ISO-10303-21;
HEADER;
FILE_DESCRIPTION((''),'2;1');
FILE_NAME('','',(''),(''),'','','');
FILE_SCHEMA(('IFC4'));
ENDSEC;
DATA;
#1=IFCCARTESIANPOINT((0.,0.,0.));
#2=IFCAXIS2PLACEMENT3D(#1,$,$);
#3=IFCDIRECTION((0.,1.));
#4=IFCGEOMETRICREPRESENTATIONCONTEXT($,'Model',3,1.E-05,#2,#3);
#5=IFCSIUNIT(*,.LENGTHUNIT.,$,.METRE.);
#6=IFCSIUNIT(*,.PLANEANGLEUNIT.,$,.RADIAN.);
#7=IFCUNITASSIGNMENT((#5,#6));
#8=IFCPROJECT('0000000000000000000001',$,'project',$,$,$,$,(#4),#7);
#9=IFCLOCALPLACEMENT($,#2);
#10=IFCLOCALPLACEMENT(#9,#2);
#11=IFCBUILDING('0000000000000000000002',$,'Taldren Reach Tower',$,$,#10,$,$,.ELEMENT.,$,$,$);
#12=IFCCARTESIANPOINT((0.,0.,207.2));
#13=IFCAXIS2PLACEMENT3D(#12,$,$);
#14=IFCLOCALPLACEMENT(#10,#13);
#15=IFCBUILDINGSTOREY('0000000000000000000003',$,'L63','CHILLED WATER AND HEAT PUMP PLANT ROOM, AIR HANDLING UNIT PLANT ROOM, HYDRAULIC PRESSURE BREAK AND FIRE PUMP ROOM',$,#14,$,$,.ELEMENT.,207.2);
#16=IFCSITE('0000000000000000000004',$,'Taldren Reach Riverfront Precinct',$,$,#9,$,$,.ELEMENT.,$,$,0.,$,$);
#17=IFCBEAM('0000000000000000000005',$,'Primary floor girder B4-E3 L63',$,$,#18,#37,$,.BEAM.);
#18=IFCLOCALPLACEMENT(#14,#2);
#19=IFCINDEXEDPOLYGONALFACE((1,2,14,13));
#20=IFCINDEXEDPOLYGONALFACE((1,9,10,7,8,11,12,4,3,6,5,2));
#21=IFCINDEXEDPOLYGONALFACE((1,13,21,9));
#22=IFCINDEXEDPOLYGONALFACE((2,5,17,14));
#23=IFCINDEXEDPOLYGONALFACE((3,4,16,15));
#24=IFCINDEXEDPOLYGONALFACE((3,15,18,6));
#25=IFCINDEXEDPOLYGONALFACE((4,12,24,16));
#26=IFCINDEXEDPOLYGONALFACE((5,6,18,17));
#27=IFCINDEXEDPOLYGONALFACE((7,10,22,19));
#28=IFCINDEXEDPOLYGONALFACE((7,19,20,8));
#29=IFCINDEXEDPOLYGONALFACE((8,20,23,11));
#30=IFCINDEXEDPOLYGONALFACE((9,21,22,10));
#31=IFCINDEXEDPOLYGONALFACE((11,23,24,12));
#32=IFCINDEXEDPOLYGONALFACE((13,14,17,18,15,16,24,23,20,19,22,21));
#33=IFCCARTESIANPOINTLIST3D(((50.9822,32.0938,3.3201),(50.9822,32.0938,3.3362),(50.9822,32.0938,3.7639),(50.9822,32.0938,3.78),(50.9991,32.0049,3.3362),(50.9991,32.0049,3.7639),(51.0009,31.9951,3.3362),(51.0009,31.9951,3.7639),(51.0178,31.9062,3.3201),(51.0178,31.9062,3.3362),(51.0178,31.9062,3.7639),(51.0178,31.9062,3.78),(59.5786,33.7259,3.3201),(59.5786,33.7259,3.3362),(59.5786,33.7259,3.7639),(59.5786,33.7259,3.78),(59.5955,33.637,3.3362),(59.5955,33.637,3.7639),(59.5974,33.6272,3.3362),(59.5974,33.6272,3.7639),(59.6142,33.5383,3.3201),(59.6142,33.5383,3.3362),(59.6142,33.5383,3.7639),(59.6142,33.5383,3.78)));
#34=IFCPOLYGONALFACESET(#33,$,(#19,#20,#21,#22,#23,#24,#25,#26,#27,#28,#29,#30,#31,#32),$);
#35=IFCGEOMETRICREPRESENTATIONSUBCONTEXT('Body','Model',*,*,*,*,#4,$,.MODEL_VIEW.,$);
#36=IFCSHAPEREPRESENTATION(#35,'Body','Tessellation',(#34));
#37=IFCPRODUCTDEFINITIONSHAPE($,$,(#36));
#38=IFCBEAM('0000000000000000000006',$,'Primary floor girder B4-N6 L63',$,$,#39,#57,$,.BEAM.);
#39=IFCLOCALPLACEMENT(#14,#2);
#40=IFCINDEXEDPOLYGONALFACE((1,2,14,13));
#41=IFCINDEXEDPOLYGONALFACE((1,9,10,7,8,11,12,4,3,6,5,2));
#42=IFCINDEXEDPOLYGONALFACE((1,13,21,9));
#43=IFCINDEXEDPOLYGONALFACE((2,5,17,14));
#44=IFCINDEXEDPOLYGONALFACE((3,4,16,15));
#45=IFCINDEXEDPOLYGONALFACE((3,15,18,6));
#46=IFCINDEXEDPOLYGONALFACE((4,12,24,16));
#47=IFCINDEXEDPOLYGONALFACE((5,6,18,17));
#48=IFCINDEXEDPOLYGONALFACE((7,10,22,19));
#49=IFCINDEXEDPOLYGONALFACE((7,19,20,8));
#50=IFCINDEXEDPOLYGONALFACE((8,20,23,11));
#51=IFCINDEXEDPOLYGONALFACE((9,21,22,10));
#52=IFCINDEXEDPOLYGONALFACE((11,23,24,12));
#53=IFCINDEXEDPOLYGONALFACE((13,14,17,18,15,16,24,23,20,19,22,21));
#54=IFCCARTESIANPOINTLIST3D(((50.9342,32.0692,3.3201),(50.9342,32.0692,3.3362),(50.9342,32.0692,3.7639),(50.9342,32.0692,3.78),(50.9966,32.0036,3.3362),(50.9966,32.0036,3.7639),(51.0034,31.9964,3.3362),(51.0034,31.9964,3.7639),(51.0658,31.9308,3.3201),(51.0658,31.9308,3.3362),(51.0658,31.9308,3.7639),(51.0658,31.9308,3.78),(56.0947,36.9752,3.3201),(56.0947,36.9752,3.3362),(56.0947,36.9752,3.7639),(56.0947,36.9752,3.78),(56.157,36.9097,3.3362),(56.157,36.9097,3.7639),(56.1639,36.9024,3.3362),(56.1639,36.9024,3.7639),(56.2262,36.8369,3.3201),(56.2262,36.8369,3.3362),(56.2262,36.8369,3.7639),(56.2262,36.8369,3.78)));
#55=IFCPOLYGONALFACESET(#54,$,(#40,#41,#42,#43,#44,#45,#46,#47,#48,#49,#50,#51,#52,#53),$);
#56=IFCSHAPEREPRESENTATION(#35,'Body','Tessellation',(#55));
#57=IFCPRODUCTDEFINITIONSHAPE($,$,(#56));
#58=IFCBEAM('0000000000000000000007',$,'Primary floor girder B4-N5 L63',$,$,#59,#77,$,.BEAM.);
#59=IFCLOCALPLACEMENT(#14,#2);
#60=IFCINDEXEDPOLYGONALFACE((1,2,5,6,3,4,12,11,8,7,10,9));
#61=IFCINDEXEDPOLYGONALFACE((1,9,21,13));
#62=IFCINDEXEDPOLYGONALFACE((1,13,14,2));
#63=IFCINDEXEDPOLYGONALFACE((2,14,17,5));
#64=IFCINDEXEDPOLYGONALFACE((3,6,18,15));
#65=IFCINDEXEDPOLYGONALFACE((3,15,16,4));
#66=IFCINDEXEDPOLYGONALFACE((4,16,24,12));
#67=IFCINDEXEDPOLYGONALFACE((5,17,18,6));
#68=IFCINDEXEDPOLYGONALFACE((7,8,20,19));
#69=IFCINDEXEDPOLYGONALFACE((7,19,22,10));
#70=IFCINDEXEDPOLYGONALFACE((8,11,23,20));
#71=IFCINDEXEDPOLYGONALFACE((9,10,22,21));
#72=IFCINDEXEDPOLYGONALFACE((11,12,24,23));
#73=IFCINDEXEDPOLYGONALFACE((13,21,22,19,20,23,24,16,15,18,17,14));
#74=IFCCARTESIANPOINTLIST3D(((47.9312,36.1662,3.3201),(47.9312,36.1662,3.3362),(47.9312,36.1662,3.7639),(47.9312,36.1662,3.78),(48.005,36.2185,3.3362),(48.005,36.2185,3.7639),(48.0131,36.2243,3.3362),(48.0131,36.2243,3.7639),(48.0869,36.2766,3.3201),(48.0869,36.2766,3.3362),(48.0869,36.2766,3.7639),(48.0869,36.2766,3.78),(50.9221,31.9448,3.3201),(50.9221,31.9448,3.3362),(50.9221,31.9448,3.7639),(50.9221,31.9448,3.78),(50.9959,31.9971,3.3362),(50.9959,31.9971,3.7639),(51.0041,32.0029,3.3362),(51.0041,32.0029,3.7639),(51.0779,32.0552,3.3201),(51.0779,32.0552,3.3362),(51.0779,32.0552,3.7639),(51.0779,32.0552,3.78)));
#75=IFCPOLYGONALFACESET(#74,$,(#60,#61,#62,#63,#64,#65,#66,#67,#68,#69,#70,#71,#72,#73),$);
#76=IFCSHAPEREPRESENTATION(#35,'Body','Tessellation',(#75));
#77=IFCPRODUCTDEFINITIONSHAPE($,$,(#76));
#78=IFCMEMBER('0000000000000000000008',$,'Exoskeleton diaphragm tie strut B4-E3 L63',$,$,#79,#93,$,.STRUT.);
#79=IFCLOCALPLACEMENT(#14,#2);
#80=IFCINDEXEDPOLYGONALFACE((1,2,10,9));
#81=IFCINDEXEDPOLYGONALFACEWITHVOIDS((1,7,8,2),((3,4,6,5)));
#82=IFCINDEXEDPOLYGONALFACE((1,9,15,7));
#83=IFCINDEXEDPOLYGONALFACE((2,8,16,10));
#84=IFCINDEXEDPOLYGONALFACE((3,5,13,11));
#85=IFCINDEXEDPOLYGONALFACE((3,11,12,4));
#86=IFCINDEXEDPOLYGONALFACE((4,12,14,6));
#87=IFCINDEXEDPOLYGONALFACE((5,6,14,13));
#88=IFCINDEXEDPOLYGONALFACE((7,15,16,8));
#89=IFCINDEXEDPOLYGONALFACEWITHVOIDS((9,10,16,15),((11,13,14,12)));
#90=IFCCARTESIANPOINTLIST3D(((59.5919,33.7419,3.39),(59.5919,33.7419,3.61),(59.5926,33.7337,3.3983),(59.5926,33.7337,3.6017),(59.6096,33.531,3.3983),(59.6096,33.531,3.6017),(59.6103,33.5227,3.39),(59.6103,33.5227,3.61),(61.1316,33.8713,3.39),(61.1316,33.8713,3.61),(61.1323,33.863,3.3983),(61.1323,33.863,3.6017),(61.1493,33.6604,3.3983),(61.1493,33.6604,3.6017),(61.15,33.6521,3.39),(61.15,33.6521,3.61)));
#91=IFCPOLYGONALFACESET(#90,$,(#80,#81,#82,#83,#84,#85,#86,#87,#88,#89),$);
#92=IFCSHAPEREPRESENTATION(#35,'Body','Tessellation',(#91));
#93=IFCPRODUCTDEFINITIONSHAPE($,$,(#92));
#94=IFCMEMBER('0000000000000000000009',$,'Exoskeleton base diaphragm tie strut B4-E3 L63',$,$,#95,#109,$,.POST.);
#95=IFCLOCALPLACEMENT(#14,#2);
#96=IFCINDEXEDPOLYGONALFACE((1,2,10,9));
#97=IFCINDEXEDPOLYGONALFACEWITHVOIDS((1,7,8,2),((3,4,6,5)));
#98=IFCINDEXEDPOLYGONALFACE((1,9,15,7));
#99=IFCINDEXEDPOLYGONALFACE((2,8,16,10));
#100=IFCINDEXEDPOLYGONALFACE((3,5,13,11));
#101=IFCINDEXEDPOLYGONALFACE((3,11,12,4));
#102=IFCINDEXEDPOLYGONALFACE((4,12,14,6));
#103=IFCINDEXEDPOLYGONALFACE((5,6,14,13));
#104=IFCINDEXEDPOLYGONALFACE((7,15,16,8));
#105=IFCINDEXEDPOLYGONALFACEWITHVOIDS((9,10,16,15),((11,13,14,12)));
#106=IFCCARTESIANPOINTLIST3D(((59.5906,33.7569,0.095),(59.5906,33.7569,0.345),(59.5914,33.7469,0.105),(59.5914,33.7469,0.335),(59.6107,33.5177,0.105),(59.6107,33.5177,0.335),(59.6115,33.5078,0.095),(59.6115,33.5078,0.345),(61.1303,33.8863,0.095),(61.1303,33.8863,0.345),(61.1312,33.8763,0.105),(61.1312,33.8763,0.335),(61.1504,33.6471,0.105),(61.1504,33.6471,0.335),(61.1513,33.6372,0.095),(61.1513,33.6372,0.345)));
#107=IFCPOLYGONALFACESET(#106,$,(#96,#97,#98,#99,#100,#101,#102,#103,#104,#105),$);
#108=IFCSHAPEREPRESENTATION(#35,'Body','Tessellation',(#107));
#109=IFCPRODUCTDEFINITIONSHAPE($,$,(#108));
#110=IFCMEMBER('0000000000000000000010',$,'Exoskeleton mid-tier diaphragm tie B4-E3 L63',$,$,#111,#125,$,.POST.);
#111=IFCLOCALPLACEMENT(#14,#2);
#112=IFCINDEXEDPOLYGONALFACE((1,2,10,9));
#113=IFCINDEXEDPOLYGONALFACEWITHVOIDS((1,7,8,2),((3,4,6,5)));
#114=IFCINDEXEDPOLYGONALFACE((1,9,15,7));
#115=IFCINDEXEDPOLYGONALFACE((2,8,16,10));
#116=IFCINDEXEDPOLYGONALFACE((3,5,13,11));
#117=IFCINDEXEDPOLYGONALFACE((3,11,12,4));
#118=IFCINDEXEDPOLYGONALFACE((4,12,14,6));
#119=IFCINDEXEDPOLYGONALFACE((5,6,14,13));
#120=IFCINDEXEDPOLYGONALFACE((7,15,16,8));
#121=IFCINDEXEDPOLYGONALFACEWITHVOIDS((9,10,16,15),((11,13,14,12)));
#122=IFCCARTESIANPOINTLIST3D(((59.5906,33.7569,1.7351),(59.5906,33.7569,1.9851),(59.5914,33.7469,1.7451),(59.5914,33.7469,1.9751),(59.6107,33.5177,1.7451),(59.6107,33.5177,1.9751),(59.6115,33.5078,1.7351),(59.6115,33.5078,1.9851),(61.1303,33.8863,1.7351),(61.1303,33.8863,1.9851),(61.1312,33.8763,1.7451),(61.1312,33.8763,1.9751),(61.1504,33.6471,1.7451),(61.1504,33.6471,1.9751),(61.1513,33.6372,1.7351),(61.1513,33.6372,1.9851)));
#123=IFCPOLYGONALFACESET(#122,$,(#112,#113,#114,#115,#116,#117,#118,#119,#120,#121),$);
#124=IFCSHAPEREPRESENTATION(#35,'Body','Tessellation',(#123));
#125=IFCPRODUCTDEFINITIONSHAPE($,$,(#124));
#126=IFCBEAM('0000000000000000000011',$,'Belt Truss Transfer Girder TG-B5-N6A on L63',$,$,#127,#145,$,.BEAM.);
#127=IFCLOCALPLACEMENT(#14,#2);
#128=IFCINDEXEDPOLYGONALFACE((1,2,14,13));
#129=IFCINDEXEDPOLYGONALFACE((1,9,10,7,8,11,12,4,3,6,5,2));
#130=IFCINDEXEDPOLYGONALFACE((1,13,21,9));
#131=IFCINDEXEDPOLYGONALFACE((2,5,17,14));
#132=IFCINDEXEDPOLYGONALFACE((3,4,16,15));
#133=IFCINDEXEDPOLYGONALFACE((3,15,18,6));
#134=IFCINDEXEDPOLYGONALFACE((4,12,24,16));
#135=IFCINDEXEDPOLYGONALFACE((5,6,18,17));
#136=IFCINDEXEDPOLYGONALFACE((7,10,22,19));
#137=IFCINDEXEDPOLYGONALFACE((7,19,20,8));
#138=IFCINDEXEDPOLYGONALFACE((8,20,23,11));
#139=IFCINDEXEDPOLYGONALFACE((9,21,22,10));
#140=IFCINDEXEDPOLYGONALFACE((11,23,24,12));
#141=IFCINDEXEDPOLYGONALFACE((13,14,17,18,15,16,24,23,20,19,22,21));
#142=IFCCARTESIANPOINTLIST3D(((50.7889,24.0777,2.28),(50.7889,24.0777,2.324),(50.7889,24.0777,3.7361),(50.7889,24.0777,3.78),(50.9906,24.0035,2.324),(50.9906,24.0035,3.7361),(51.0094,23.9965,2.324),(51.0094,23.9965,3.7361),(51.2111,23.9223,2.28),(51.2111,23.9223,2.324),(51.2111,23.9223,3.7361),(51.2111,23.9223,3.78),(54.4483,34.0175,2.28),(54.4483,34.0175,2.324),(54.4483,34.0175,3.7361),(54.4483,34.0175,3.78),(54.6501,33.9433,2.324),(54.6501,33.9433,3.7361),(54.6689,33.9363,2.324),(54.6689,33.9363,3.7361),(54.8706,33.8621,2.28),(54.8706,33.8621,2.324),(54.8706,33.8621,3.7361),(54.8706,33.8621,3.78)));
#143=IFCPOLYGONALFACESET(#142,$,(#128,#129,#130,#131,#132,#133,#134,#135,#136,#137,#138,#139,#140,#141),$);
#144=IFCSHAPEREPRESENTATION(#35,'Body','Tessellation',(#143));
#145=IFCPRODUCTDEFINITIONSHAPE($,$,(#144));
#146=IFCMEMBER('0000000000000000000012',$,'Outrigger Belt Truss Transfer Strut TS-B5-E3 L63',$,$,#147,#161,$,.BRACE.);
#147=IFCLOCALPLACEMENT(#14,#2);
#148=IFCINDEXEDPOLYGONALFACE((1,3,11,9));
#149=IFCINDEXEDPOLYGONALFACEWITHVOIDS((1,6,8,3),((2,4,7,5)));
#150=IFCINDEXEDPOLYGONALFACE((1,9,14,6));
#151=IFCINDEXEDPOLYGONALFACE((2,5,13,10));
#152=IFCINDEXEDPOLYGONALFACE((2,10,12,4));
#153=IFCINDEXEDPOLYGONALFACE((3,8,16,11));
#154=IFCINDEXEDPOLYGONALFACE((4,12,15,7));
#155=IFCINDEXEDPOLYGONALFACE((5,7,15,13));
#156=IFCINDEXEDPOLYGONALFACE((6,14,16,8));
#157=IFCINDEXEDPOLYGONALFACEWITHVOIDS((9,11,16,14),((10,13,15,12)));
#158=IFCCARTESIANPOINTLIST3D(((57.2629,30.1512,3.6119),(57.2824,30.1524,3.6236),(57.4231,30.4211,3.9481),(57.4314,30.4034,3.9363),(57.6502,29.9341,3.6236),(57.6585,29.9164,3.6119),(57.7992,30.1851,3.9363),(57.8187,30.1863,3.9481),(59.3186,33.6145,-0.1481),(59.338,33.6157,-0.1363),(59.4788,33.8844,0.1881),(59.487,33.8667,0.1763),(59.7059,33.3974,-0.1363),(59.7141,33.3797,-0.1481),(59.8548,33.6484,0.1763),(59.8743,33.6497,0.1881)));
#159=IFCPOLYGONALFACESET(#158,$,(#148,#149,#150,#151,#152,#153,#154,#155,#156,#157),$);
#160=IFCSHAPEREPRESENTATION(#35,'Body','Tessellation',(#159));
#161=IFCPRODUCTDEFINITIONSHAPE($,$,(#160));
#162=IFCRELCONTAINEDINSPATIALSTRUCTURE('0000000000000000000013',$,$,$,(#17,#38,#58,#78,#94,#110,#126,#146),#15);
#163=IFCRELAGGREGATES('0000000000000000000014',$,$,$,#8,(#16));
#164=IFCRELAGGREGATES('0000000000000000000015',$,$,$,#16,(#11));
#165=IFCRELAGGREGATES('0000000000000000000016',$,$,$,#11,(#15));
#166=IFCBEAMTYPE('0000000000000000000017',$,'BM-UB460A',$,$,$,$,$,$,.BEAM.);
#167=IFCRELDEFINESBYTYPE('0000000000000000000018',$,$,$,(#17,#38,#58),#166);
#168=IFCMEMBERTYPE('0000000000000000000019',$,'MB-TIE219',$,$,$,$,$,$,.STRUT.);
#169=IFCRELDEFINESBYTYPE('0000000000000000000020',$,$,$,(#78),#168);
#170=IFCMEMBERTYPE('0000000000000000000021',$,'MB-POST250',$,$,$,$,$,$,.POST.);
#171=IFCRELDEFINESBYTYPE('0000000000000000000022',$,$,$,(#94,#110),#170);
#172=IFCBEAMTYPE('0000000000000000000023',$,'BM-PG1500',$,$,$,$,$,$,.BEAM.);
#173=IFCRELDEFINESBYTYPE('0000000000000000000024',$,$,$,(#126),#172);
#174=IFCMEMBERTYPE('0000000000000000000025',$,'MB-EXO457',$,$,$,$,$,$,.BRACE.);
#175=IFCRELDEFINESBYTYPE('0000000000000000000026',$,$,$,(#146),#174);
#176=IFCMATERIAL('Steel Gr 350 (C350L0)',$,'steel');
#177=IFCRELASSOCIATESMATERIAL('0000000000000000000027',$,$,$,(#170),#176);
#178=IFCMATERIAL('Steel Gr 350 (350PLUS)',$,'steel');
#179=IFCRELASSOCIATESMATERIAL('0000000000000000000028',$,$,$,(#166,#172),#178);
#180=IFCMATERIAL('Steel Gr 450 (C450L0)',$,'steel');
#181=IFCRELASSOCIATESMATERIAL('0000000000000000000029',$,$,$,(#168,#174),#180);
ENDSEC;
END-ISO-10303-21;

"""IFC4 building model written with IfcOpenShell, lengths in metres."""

from ifc_helpers import new_model, si_unit, direction, frame, origin, origin_2d, place, context, subcontext, project, spatial, hollow_rectangle, i_section, extrude, source, transform, mapped, material, material_profile, profile_set, type_object, element, save


model = new_model("IFC4")

# Units and contexts
model_context = context("Model", 3, precision=1e-05, world=origin(), true_north=direction((0.0, 1.0)))
body_context = subcontext(model_context, "Body", "Model", "MODEL_VIEW")
ifc_project = project(units=[si_unit("LENGTHUNIT", "METRE"), si_unit("PLANEANGLEUNIT", "RADIAN")], contexts=[model_context])

# Site, building, storey
site_placement = place(None, origin())
site = spatial("IfcSite", under=ifc_project, at=site_placement, Name="Taldren Reach Riverfront Precinct", CompositionType="ELEMENT", RefElevation=0.0)
building_placement = place(site_placement, origin())
building = spatial("IfcBuilding", under=site, at=building_placement, Name="Taldren Reach Tower", CompositionType="ELEMENT")
storey_placement = place(building_placement, frame((0.0, 0.0, 207.2)))
storey = spatial("IfcBuildingStorey", under=building, at=storey_placement, Name="L63", Description="CHILLED WATER AND HEAT PUMP PLANT ROOM, AIR HANDLING UNIT PLANT ROOM, HYDRAULIC PRESSURE BREAK AND FIRE PUMP ROOM", CompositionType="ELEMENT", Elevation=207.2)

# Shared definitions
ifc_material_1 = material(Name="Steel Gr 450 (C450L0)", Category="steel")
ifc_material_2 = material(Name="Steel Gr 350 (350PLUS)", Category="steel")

# Shared definitions
ifc_material_3 = material(Name="Steel Gr 350 (C350L0)", Category="steel")
ifc_material_profile_1 = material_profile(ifc_material_3, hollow_rectangle(XDim=0.25, YDim=0.25, WallThickness=0.01, at=origin_2d()), Name="250x250x10.0SHS")
ifc_profile_set_1 = profile_set([ifc_material_profile_1], Name="Steel Gr 350 (C350L0)")
member_type_1 = type_object("IfcMemberType", Name="MB-POST250", PredefinedType="POST", material=ifc_profile_set_1)

# Beams
ifc_material_profile_2 = material_profile(ifc_material_2, i_section(OverallWidth=0.1909, OverallDepth=0.46, WebThickness=0.01, FlangeThickness=0.0161, at=origin_2d()), Name="460UB82.1")
ifc_profile_set_2 = profile_set([ifc_material_profile_2], Name="Steel Gr 350 (350PLUS)")
beam_type_1 = type_object("IfcBeamType", Name="BM-UB460A", PredefinedType="BEAM", material=ifc_profile_set_2)
shared_shape_1 = source(origin(), body_context, "Body", "SweptSolid", [
    extrude(i_section(OverallWidth=0.1909, OverallDepth=0.46, WebThickness=0.01, FlangeThickness=0.0161, at=origin_2d()), origin(), (0.0, 0.0, 1.0), 8.75),
])
beam_1_placement = place(storey_placement, frame((51.0, 32.0, 3.55), z_axis=(0.98245, 0.186524, 0.0), x_axis=(-0.186524, 0.98245, 0.0)))
element("IfcBeam", 1, at=beam_1_placement, inside=storey, type_object=beam_type_1, Name="Primary floor girder B4-E3 L63", PredefinedType="BEAM", context=body_context, shape_type="MappedRepresentation", body=[
    mapped(shared_shape_1, transform((0.0, 0.0, 0.0), scale=1.0)),
])
shared_shape_2 = source(origin(), body_context, "Body", "SweptSolid", [
    extrude(i_section(OverallWidth=0.1909, OverallDepth=0.46, WebThickness=0.01, FlangeThickness=0.0161, at=origin_2d()), origin(), (0.0, 0.0, 1.0), 7.1204),
])
beam_2_placement = place(storey_placement, frame((51.0, 32.0, 3.55), z_axis=(0.724745, 0.689017, 0.0), x_axis=(-0.689017, 0.724745, 0.0)))
element("IfcBeam", 2, at=beam_2_placement, inside=storey, type_object=beam_type_1, Name="Primary floor girder B4-N6 L63", PredefinedType="BEAM", context=body_context, shape_type="MappedRepresentation", body=[
    mapped(shared_shape_2, transform((0.0, 0.0, 0.0), scale=1.0)),
])
shared_shape_3 = source(origin(), body_context, "Body", "SweptSolid", [
    extrude(i_section(OverallWidth=0.1909, OverallDepth=0.46, WebThickness=0.01, FlangeThickness=0.0161, at=origin_2d()), origin(), (0.0, 0.0, 1.0), 5.1736),
])
beam_3_placement = place(storey_placement, frame((51.0, 32.0, 3.55), z_axis=(-0.578118, 0.815953, 0.0), x_axis=(-0.815953, -0.578118, 0.0)))
element("IfcBeam", 3, at=beam_3_placement, inside=storey, type_object=beam_type_1, Name="Primary floor girder B4-N5 L63", PredefinedType="BEAM", context=body_context, shape_type="MappedRepresentation", body=[
    mapped(shared_shape_3, transform((0.0, 0.0, 0.0), scale=1.0)),
])

# Members
ifc_material_profile_3 = material_profile(ifc_material_1, hollow_rectangle(XDim=0.22, YDim=0.22, WallThickness=0.0083, at=origin_2d()), Name="220x220x8.2SHS")
ifc_profile_set_3 = profile_set([ifc_material_profile_3], Name="Steel Gr 450 (C450L0)")
member_type_2 = type_object("IfcMemberType", Name="MB-TIE219", PredefinedType="STRUT", material=ifc_profile_set_3)
shared_shape_4 = source(origin(), body_context, "Body", "SweptSolid", [
    extrude(hollow_rectangle(XDim=0.22, YDim=0.22, WallThickness=0.0083, at=origin_2d()), origin(), (0.0, 0.0, 1.0), 1.5452),
])
member_1_placement = place(storey_placement, frame((59.6011, 33.6323, 3.5), z_axis=(0.996488, 0.083738, 0.0), x_axis=(-0.083738, 0.996488, 0.0)))
element("IfcMember", 4, at=member_1_placement, inside=storey, type_object=member_type_2, Name="Exoskeleton diaphragm tie strut B4-E3 L63", PredefinedType="STRUT", context=body_context, shape_type="MappedRepresentation", body=[
    mapped(shared_shape_4, transform((0.0, 0.0, 0.0), scale=1.0)),
])
shared_shape_5 = source(origin(), body_context, "Body", "SweptSolid", [
    extrude(hollow_rectangle(XDim=0.25, YDim=0.25, WallThickness=0.01, at=origin_2d()), origin(), (0.0, 0.0, 1.0), 1.5452),
])
for number, where, z_axis, x_axis, name in (
    (5, (59.6011, 33.6323, 0.22), (0.996488, 0.083738, 0.0), (-0.083738, 0.996488, 0.0), "Exoskeleton base diaphragm tie strut B4-E3 L63"),
    (6, (59.6011, 33.6323, 1.8601), (0.996488, 0.083738, 0.0), (-0.083738, 0.996488, 0.0), "Exoskeleton mid-tier diaphragm tie B4-E3 L63"),
):
    element("IfcMember", number, at=place(storey_placement, frame(where, z_axis=z_axis, x_axis=x_axis)), inside=storey, type_object=member_type_1, Name=name, PredefinedType="POST", context=body_context, shape_type="MappedRepresentation", body=[
        mapped(shared_shape_5, transform((0.0, 0.0, 0.0), scale=1.0)),
    ])

# Beam
ifc_material_profile_4 = material_profile(ifc_material_2, i_section(OverallWidth=0.45, OverallDepth=1.5, WebThickness=0.02, FlangeThickness=0.0439, at=origin_2d()), Name="1500WB550")
ifc_profile_set_4 = profile_set([ifc_material_profile_4], Name="Steel Gr 350 (350PLUS)")
beam_type_2 = type_object("IfcBeamType", Name="BM-PG1500", PredefinedType="BEAM", material=ifc_profile_set_4)
shared_shape_6 = source(origin(), body_context, "Body", "SweptSolid", [
    extrude(i_section(OverallWidth=0.45, OverallDepth=1.5, WebThickness=0.02, FlangeThickness=0.0439, at=origin_2d()), origin(), (0.0, 0.0, 1.0), 10.592),
])
beam_4_placement = place(storey_placement, frame((51.0, 24.0, 3.03), z_axis=(0.345492, 0.938422, 0.0), x_axis=(-0.938422, 0.345492, 0.0)))
element("IfcBeam", 7, at=beam_4_placement, inside=storey, type_object=beam_type_2, Name="Belt Truss Transfer Girder TG-B5-N6A on L63", PredefinedType="BEAM", context=body_context, shape_type="MappedRepresentation", body=[
    mapped(shared_shape_6, transform((0.0, 0.0, 0.0), scale=1.0)),
])

# Member
ifc_material_profile_5 = material_profile(ifc_material_1, hollow_rectangle(XDim=0.46, YDim=0.46, WallThickness=0.0161, at=origin_2d()), Name="460x460x16.0SHS")
ifc_profile_set_5 = profile_set([ifc_material_profile_5], Name="Steel Gr 450 (C450L0)")
member_type_3 = type_object("IfcMemberType", Name="MB-EXO457", PredefinedType="BRACE", material=ifc_profile_set_5)
shared_shape_7 = source(origin(), body_context, "Body", "SweptSolid", [
    extrude(hollow_rectangle(XDim=0.46, YDim=0.46, WallThickness=0.0161, at=origin_2d()), origin(), (0.0, 0.0, 1.0), 5.5098),
])
member_2_placement = place(storey_placement, frame((59.5964, 33.6321, 0.02), z_axis=(-0.373089, -0.62858, 0.682416), x_axis=(0.859933, -0.510407, 0.0)))
element("IfcMember", 8, at=member_2_placement, inside=storey, type_object=member_type_3, Name="Outrigger Belt Truss Transfer Strut TS-B5-E3 L63", PredefinedType="BRACE", context=body_context, shape_type="MappedRepresentation", body=[
    mapped(shared_shape_7, transform((0.0, 0.0, 0.0), scale=1.0)),
])

save(model, "model.ifc")
